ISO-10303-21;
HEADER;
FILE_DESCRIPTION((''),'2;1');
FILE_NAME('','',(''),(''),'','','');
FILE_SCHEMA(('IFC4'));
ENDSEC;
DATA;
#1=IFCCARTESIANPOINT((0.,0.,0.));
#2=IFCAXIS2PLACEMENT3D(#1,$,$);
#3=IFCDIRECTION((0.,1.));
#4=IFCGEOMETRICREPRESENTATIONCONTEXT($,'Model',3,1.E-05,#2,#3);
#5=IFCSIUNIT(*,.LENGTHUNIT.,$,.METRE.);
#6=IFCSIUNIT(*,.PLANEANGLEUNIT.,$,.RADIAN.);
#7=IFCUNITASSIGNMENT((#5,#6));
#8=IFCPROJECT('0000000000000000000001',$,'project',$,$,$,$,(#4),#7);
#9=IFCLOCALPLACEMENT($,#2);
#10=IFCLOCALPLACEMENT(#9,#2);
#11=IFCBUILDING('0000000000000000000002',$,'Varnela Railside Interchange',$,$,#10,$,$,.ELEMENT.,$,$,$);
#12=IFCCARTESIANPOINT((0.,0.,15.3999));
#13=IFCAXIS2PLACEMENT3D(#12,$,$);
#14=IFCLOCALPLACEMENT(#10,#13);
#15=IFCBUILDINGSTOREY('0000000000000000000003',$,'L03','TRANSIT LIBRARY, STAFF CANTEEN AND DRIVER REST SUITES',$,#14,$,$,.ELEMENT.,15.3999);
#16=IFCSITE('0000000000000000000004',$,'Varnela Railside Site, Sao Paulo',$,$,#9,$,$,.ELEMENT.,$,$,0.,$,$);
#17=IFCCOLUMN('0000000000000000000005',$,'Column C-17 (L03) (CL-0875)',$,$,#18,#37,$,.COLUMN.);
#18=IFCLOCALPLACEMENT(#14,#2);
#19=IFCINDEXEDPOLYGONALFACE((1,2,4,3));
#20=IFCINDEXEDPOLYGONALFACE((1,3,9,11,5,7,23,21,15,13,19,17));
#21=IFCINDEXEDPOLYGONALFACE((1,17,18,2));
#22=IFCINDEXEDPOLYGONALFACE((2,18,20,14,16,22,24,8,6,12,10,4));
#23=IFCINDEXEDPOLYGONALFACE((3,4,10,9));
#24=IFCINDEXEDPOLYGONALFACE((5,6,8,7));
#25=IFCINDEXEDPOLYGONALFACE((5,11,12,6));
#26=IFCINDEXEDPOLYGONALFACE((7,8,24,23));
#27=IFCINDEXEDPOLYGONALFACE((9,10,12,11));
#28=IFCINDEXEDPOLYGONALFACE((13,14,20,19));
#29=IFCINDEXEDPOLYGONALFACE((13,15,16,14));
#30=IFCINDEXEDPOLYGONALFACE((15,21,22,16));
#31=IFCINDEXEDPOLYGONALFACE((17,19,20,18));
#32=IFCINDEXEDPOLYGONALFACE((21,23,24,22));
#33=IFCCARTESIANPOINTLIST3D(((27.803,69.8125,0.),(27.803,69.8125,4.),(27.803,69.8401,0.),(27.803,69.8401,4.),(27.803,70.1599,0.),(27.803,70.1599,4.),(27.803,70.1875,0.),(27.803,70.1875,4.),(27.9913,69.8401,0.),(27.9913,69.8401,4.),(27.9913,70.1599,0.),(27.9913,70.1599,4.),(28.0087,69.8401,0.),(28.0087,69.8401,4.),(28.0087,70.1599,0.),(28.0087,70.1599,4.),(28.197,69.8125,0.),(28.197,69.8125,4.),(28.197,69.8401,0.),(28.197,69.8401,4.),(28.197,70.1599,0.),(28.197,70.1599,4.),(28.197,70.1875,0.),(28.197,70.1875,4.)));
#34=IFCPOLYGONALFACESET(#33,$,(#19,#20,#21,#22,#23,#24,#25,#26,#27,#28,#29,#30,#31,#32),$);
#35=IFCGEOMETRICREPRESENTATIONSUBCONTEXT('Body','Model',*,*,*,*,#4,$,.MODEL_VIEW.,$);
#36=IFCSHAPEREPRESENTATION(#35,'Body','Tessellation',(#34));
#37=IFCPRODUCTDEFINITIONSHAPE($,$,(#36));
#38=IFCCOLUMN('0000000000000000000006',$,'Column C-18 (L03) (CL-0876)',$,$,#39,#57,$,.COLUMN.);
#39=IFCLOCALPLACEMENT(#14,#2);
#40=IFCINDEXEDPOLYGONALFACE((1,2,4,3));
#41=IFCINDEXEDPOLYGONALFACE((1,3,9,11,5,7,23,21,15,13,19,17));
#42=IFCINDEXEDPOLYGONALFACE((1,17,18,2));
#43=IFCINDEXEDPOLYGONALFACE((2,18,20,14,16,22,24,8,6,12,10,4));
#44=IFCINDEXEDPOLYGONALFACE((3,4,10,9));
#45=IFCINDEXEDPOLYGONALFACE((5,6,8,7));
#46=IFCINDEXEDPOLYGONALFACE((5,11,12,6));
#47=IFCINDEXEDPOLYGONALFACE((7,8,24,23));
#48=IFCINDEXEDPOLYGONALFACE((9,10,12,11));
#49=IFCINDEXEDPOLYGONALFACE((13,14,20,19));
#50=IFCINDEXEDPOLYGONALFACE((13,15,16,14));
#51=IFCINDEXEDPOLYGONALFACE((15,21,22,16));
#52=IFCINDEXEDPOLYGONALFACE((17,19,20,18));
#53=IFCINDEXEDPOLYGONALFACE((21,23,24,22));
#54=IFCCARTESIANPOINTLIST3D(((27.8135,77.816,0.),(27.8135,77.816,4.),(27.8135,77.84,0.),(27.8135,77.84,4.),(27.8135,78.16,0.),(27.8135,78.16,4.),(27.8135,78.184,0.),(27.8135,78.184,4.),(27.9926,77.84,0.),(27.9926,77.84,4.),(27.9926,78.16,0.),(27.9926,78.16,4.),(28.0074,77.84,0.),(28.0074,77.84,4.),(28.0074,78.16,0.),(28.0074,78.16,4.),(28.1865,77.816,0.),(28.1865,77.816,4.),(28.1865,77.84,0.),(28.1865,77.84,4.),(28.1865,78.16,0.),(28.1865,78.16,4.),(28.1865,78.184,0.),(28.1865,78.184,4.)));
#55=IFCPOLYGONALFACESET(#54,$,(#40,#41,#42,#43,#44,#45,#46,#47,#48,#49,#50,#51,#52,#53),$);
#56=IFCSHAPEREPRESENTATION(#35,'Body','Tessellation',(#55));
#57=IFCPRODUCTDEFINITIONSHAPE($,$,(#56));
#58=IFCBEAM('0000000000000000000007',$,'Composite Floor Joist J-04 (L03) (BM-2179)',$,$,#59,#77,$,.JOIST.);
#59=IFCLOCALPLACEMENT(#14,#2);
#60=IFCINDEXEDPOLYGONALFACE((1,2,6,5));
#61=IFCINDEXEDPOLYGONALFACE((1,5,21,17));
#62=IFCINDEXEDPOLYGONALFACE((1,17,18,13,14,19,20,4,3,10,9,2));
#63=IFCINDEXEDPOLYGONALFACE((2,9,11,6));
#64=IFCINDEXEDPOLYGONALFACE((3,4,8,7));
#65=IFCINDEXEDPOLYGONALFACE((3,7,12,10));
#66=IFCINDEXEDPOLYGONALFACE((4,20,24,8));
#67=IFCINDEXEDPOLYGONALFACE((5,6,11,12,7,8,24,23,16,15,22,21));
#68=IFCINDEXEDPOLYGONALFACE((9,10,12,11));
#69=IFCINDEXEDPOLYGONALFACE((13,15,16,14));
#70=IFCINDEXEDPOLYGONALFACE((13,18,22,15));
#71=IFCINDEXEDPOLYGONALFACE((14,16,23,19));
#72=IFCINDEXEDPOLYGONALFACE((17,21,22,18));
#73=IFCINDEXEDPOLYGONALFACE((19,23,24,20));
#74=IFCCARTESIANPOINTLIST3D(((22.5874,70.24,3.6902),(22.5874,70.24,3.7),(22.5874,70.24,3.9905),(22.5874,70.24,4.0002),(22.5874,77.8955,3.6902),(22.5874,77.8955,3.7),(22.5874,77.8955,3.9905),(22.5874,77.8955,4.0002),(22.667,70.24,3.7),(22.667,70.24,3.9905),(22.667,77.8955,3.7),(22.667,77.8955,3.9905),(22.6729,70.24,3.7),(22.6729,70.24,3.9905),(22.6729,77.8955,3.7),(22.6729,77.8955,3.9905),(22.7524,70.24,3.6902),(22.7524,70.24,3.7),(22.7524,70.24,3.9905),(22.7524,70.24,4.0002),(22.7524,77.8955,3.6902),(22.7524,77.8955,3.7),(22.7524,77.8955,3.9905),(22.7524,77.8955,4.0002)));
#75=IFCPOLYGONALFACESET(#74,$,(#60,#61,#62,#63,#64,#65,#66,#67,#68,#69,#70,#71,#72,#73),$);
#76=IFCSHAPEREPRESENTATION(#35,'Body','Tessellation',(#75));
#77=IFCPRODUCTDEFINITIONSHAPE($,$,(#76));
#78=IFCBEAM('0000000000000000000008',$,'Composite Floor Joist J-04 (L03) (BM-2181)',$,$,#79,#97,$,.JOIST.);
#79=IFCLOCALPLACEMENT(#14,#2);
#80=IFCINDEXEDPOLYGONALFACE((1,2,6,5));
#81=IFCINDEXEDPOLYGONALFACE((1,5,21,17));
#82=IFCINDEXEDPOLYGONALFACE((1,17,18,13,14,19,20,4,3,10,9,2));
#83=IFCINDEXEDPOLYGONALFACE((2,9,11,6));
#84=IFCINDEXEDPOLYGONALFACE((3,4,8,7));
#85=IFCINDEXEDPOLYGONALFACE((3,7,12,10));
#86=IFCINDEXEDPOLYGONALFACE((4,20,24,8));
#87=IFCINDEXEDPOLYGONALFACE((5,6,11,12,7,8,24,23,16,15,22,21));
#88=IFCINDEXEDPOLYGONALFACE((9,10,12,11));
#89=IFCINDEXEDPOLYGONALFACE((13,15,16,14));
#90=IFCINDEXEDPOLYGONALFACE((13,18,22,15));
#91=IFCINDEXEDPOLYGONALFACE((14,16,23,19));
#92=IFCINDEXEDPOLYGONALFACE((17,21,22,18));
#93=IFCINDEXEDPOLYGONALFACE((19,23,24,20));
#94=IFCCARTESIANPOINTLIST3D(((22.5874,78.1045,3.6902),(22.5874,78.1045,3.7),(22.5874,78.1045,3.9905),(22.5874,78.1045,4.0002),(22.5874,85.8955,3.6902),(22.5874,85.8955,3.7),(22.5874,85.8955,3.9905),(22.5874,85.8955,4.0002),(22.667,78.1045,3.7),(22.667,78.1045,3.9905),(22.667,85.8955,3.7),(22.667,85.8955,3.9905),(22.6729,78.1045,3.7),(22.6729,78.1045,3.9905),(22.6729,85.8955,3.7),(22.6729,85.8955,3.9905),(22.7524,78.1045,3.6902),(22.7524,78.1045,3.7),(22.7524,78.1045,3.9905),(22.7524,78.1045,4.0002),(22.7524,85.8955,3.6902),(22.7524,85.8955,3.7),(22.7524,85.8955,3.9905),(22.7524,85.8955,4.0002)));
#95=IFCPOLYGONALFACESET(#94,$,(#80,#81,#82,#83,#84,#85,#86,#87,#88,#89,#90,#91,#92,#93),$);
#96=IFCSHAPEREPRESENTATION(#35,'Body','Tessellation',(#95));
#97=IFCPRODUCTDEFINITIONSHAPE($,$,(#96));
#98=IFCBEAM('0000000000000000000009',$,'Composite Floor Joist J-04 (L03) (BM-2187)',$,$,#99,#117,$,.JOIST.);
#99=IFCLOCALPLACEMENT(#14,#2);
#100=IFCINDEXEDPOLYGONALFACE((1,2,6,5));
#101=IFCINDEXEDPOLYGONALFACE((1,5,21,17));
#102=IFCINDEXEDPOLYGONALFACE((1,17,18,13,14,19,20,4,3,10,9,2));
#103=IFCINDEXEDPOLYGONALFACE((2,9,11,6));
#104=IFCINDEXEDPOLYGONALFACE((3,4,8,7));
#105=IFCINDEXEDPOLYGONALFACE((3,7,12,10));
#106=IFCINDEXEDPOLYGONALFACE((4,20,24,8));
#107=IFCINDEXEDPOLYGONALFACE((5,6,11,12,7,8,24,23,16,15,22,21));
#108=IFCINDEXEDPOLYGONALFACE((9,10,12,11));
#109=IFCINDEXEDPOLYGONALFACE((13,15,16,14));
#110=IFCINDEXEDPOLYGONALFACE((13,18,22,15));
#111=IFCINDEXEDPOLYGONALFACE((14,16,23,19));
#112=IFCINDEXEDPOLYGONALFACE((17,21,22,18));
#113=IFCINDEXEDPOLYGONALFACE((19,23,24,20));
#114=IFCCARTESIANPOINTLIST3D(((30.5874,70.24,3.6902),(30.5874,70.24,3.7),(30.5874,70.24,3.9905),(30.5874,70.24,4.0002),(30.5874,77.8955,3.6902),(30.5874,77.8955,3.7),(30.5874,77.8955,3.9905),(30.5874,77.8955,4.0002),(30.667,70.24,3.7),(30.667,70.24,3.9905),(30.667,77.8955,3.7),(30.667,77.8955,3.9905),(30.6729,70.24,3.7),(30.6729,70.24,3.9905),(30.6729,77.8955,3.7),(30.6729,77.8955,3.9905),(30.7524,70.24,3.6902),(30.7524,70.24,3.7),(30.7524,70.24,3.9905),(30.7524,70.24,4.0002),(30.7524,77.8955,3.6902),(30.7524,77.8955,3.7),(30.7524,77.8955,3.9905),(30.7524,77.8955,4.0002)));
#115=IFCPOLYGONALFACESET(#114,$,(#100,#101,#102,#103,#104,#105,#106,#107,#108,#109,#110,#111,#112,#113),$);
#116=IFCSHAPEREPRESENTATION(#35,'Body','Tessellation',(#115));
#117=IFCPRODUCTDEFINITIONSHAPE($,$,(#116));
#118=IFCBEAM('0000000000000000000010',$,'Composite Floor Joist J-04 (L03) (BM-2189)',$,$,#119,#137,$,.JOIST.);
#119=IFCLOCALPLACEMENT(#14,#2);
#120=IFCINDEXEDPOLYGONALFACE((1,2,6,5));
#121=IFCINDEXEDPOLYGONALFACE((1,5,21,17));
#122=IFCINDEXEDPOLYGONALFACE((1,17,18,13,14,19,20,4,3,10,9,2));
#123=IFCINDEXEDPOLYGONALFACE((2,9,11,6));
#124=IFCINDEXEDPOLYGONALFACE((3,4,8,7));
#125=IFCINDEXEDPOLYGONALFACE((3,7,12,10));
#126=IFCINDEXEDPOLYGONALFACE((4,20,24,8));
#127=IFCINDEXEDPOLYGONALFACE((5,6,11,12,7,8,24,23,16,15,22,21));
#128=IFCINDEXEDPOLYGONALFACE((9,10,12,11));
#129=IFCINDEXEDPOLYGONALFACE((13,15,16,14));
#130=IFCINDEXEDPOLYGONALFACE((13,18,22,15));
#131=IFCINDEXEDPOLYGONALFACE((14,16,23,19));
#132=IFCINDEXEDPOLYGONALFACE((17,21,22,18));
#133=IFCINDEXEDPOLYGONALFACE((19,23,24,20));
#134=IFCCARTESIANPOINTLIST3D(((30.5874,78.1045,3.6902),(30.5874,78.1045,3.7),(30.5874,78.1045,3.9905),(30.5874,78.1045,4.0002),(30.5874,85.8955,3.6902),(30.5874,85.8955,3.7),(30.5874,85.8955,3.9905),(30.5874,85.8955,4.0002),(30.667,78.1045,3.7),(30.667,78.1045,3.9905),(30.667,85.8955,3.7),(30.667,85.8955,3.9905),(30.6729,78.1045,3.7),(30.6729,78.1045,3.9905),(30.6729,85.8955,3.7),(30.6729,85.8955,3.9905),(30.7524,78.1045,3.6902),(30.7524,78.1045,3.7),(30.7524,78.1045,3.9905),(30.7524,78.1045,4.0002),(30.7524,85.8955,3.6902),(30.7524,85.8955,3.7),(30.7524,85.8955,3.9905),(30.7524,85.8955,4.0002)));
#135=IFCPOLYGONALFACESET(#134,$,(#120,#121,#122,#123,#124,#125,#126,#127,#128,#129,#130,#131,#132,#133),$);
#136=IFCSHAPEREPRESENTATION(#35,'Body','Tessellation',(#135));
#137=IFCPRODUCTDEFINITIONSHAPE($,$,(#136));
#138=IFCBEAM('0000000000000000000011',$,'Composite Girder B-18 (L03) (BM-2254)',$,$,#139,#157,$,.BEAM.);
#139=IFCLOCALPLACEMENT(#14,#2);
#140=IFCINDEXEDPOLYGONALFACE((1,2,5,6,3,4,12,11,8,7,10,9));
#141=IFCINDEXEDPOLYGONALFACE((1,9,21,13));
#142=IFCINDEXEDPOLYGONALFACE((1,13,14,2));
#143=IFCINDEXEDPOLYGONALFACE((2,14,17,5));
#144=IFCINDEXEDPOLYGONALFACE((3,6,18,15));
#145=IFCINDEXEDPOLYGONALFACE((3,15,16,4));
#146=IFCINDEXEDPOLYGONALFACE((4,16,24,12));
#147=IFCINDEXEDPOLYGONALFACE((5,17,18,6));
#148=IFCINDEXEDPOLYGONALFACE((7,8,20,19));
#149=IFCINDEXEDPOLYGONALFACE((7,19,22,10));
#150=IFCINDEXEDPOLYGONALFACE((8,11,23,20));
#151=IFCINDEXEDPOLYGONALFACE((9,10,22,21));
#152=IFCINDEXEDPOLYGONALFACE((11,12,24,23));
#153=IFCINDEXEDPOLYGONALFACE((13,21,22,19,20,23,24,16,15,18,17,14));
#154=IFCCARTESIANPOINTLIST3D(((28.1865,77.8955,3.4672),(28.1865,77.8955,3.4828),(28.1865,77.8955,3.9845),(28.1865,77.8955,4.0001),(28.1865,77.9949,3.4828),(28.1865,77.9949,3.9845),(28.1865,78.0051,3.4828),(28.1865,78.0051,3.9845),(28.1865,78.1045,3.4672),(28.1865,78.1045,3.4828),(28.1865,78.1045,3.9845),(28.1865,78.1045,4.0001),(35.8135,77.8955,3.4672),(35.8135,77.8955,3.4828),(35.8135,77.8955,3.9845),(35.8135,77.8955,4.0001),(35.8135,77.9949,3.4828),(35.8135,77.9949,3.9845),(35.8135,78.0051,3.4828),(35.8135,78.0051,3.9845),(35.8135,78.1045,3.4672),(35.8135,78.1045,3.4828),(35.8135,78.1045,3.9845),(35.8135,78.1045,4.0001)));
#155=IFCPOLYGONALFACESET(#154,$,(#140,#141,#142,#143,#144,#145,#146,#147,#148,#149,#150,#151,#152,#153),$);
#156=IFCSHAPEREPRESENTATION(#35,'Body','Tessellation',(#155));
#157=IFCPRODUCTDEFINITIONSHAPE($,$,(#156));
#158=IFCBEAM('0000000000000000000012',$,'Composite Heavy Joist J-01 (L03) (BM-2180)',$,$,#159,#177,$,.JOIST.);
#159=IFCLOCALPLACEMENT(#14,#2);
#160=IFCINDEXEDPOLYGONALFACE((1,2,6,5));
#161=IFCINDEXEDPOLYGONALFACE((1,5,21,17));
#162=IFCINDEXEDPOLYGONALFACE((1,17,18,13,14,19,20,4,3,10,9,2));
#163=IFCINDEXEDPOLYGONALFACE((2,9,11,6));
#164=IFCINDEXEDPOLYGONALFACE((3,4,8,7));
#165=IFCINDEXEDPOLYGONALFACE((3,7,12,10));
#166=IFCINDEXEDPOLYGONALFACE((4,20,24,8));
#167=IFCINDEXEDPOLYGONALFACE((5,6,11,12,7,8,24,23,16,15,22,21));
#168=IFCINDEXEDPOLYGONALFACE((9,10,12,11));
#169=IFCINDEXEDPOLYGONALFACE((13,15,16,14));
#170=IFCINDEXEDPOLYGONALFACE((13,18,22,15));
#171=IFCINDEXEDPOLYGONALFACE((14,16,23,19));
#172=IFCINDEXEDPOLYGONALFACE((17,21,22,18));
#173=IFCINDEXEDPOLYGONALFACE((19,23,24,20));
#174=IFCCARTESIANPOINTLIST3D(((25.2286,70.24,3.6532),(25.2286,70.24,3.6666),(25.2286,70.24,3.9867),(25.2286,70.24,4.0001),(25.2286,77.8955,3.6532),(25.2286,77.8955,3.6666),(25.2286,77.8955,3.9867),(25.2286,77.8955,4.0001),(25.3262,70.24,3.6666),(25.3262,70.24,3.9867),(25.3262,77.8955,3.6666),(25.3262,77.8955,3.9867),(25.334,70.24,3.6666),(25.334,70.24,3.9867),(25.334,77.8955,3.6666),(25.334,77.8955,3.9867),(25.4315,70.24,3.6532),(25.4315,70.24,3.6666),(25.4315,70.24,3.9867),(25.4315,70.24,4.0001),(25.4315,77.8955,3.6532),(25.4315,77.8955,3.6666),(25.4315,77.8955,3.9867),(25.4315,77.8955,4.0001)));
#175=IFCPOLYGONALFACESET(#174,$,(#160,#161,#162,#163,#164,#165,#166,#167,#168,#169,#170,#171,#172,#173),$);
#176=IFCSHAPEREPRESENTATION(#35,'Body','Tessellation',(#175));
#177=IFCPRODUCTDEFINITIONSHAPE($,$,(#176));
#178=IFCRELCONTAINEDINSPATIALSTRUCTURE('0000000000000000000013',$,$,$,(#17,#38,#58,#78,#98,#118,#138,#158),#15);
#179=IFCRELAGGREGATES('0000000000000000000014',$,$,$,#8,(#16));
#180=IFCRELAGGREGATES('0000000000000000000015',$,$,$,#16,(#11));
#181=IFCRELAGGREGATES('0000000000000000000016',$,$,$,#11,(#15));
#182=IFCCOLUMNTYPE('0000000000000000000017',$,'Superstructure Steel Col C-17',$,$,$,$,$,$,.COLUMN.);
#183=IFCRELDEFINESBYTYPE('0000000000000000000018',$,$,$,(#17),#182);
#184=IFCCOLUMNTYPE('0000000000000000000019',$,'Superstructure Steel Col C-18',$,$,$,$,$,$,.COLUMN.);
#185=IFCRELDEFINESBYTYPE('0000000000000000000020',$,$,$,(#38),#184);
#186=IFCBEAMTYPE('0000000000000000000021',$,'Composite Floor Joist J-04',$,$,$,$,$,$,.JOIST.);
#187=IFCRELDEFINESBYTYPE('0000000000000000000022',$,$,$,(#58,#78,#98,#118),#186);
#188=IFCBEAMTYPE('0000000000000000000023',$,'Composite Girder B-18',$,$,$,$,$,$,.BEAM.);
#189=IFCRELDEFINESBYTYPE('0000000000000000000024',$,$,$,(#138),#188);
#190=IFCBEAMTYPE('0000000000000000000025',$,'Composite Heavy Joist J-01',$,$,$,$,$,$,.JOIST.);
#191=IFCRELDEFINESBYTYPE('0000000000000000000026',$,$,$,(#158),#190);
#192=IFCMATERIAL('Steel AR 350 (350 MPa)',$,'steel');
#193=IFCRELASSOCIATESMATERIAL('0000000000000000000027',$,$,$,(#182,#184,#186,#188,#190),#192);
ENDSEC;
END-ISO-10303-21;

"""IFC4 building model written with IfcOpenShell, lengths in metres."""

from ifc_helpers import new_model, si_unit, direction, frame, origin, origin_2d, place, context, subcontext, project, spatial, i_section, extrude, material, material_profile, profile_set, type_object, element, save


model = new_model("IFC4")

# Units and contexts
model_context = context("Model", 3, precision=1e-05, world=origin(), true_north=direction((0.0, 1.0)))
body_context = subcontext(model_context, "Body", "Model", "MODEL_VIEW")
ifc_project = project(units=[si_unit("LENGTHUNIT", "METRE"), si_unit("PLANEANGLEUNIT", "RADIAN")], contexts=[model_context])

# Site, building, storey
site_placement = place(None, origin())
site = spatial("IfcSite", under=ifc_project, at=site_placement, Name="Varnela Railside Site, Sao Paulo", CompositionType="ELEMENT", RefElevation=0.0)
building_placement = place(site_placement, origin())
building = spatial("IfcBuilding", under=site, at=building_placement, Name="Varnela Railside Interchange", CompositionType="ELEMENT")
storey_placement = place(building_placement, frame((0.0, 0.0, 15.3999)))
storey = spatial("IfcBuildingStorey", under=building, at=storey_placement, Name="L03", Description="TRANSIT LIBRARY, STAFF CANTEEN AND DRIVER REST SUITES", CompositionType="ELEMENT", Elevation=15.3999)

# Columns
ifc_material_1 = material(Name="Steel AR 350 (350 MPa)", Category="steel")
ifc_material_profile_1 = material_profile(ifc_material_1, i_section(OverallWidth=0.394, OverallDepth=0.375, WebThickness=0.0173, FlangeThickness=0.0276, at=origin_2d()), Name="W360x216")
ifc_profile_set_1 = profile_set([ifc_material_profile_1], Name="Steel AR 350 (350 MPa)")
column_type_1 = type_object("IfcColumnType", Name="Superstructure Steel Col C-17", PredefinedType="COLUMN", material=ifc_profile_set_1)
column_1_placement = place(storey_placement, frame((28.0, 70.0, 0.0), z_axis=(0.0, 0.0, 1.0), x_axis=(1.0, 0.0, 0.0)))
element("IfcColumn", 1, at=column_1_placement, inside=storey, type_object=column_type_1, Name="Column C-17 (L03) (CL-0875)", PredefinedType="COLUMN", context=body_context, shape_type="SweptSolid", body=[
    extrude(i_section(OverallWidth=0.394, OverallDepth=0.375, WebThickness=0.0173, FlangeThickness=0.0276, at=origin_2d()), origin(), (0.0, 0.0, 1.0), 4.0),
])
ifc_material_profile_2 = material_profile(ifc_material_1, i_section(OverallWidth=0.373, OverallDepth=0.3679, WebThickness=0.0149, FlangeThickness=0.0239, at=origin_2d()), Name="W360x179")
ifc_profile_set_2 = profile_set([ifc_material_profile_2], Name="Steel AR 350 (350 MPa)")
column_type_2 = type_object("IfcColumnType", Name="Superstructure Steel Col C-18", PredefinedType="COLUMN", material=ifc_profile_set_2)
column_2_placement = place(storey_placement, frame((28.0, 78.0, 0.0), z_axis=(0.0, 0.0, 1.0), x_axis=(1.0, 0.0, 0.0)))
element("IfcColumn", 2, at=column_2_placement, inside=storey, type_object=column_type_2, Name="Column C-18 (L03) (CL-0876)", PredefinedType="COLUMN", context=body_context, shape_type="SweptSolid", body=[
    extrude(i_section(OverallWidth=0.373, OverallDepth=0.3679, WebThickness=0.0149, FlangeThickness=0.0239, at=origin_2d()), origin(), (0.0, 0.0, 1.0), 4.0),
])

# Beams
ifc_material_profile_3 = material_profile(ifc_material_1, i_section(OverallWidth=0.165, OverallDepth=0.3101, WebThickness=0.0059, FlangeThickness=0.0098, at=origin_2d()), Name="W310x38.7")
ifc_profile_set_3 = profile_set([ifc_material_profile_3], Name="Steel AR 350 (350 MPa)")
beam_type_1 = type_object("IfcBeamType", Name="Composite Floor Joist J-04", PredefinedType="JOIST", material=ifc_profile_set_3)
beam_1_placement = place(storey_placement, frame((22.6699, 70.24, 3.8452), z_axis=(0.0, 1.0, 0.0), x_axis=(-1.0, 0.0, 0.0)))
element("IfcBeam", 3, at=beam_1_placement, inside=storey, type_object=beam_type_1, Name="Composite Floor Joist J-04 (L03) (BM-2179)", PredefinedType="JOIST", context=body_context, shape_type="SweptSolid", body=[
    extrude(i_section(OverallWidth=0.165, OverallDepth=0.3101, WebThickness=0.0059, FlangeThickness=0.0098, at=origin_2d()), origin(), (0.0, 0.0, 1.0), 7.6555),
])
beam_2_placement = place(storey_placement, frame((22.6699, 78.1045, 3.8452), z_axis=(0.0, 1.0, 0.0), x_axis=(-1.0, 0.0, 0.0)))
element("IfcBeam", 4, at=beam_2_placement, inside=storey, type_object=beam_type_1, Name="Composite Floor Joist J-04 (L03) (BM-2181)", PredefinedType="JOIST", context=body_context, shape_type="SweptSolid", body=[
    extrude(i_section(OverallWidth=0.165, OverallDepth=0.3101, WebThickness=0.0059, FlangeThickness=0.0098, at=origin_2d()), origin(), (0.0, 0.0, 1.0), 7.791),
])
beam_3_placement = place(storey_placement, frame((30.6699, 70.24, 3.8452), z_axis=(0.0, 1.0, 0.0), x_axis=(-1.0, 0.0, 0.0)))
element("IfcBeam", 5, at=beam_3_placement, inside=storey, type_object=beam_type_1, Name="Composite Floor Joist J-04 (L03) (BM-2187)", PredefinedType="JOIST", context=body_context, shape_type="SweptSolid", body=[
    extrude(i_section(OverallWidth=0.165, OverallDepth=0.3101, WebThickness=0.0059, FlangeThickness=0.0098, at=origin_2d()), origin(), (0.0, 0.0, 1.0), 7.6555),
])
beam_4_placement = place(storey_placement, frame((30.6699, 78.1045, 3.8452), z_axis=(0.0, 1.0, 0.0), x_axis=(-1.0, 0.0, 0.0)))
element("IfcBeam", 6, at=beam_4_placement, inside=storey, type_object=beam_type_1, Name="Composite Floor Joist J-04 (L03) (BM-2189)", PredefinedType="JOIST", context=body_context, shape_type="SweptSolid", body=[
    extrude(i_section(OverallWidth=0.165, OverallDepth=0.3101, WebThickness=0.0059, FlangeThickness=0.0098, at=origin_2d()), origin(), (0.0, 0.0, 1.0), 7.791),
])
ifc_material_profile_4 = material_profile(ifc_material_1, i_section(OverallWidth=0.209, OverallDepth=0.533, WebThickness=0.0103, FlangeThickness=0.0156, at=origin_2d()), Name="W530x92")
ifc_profile_set_4 = profile_set([ifc_material_profile_4], Name="Steel AR 350 (350 MPa)")
beam_type_2 = type_object("IfcBeamType", Name="Composite Girder B-18", PredefinedType="BEAM", material=ifc_profile_set_4)
beam_5_placement = place(storey_placement, frame((28.1865, 78.0, 3.7336), z_axis=(1.0, 0.0, 0.0), x_axis=(0.0, 1.0, 0.0)))
element("IfcBeam", 7, at=beam_5_placement, inside=storey, type_object=beam_type_2, Name="Composite Girder B-18 (L03) (BM-2254)", PredefinedType="BEAM", context=body_context, shape_type="SweptSolid", body=[
    extrude(i_section(OverallWidth=0.209, OverallDepth=0.533, WebThickness=0.0103, FlangeThickness=0.0156, at=origin_2d()), origin(), (0.0, 0.0, 1.0), 7.627),
])
ifc_material_profile_5 = material_profile(ifc_material_1, i_section(OverallWidth=0.2029, OverallDepth=0.3469, WebThickness=0.0078, FlangeThickness=0.0134, at=origin_2d()), Name="W360x64")
ifc_profile_set_5 = profile_set([ifc_material_profile_5], Name="Steel AR 350 (350 MPa)")
beam_type_3 = type_object("IfcBeamType", Name="Composite Heavy Joist J-01", PredefinedType="JOIST", material=ifc_profile_set_5)
beam_6_placement = place(storey_placement, frame((25.3301, 70.24, 3.8267), z_axis=(0.0, 1.0, 0.0), x_axis=(-1.0, 0.0, 0.0)))
element("IfcBeam", 8, at=beam_6_placement, inside=storey, type_object=beam_type_3, Name="Composite Heavy Joist J-01 (L03) (BM-2180)", PredefinedType="JOIST", context=body_context, shape_type="SweptSolid", body=[
    extrude(i_section(OverallWidth=0.2029, OverallDepth=0.3469, WebThickness=0.0078, FlangeThickness=0.0134, at=origin_2d()), origin(), (0.0, 0.0, 1.0), 7.6555),
])

save(model, "model.ifc")
